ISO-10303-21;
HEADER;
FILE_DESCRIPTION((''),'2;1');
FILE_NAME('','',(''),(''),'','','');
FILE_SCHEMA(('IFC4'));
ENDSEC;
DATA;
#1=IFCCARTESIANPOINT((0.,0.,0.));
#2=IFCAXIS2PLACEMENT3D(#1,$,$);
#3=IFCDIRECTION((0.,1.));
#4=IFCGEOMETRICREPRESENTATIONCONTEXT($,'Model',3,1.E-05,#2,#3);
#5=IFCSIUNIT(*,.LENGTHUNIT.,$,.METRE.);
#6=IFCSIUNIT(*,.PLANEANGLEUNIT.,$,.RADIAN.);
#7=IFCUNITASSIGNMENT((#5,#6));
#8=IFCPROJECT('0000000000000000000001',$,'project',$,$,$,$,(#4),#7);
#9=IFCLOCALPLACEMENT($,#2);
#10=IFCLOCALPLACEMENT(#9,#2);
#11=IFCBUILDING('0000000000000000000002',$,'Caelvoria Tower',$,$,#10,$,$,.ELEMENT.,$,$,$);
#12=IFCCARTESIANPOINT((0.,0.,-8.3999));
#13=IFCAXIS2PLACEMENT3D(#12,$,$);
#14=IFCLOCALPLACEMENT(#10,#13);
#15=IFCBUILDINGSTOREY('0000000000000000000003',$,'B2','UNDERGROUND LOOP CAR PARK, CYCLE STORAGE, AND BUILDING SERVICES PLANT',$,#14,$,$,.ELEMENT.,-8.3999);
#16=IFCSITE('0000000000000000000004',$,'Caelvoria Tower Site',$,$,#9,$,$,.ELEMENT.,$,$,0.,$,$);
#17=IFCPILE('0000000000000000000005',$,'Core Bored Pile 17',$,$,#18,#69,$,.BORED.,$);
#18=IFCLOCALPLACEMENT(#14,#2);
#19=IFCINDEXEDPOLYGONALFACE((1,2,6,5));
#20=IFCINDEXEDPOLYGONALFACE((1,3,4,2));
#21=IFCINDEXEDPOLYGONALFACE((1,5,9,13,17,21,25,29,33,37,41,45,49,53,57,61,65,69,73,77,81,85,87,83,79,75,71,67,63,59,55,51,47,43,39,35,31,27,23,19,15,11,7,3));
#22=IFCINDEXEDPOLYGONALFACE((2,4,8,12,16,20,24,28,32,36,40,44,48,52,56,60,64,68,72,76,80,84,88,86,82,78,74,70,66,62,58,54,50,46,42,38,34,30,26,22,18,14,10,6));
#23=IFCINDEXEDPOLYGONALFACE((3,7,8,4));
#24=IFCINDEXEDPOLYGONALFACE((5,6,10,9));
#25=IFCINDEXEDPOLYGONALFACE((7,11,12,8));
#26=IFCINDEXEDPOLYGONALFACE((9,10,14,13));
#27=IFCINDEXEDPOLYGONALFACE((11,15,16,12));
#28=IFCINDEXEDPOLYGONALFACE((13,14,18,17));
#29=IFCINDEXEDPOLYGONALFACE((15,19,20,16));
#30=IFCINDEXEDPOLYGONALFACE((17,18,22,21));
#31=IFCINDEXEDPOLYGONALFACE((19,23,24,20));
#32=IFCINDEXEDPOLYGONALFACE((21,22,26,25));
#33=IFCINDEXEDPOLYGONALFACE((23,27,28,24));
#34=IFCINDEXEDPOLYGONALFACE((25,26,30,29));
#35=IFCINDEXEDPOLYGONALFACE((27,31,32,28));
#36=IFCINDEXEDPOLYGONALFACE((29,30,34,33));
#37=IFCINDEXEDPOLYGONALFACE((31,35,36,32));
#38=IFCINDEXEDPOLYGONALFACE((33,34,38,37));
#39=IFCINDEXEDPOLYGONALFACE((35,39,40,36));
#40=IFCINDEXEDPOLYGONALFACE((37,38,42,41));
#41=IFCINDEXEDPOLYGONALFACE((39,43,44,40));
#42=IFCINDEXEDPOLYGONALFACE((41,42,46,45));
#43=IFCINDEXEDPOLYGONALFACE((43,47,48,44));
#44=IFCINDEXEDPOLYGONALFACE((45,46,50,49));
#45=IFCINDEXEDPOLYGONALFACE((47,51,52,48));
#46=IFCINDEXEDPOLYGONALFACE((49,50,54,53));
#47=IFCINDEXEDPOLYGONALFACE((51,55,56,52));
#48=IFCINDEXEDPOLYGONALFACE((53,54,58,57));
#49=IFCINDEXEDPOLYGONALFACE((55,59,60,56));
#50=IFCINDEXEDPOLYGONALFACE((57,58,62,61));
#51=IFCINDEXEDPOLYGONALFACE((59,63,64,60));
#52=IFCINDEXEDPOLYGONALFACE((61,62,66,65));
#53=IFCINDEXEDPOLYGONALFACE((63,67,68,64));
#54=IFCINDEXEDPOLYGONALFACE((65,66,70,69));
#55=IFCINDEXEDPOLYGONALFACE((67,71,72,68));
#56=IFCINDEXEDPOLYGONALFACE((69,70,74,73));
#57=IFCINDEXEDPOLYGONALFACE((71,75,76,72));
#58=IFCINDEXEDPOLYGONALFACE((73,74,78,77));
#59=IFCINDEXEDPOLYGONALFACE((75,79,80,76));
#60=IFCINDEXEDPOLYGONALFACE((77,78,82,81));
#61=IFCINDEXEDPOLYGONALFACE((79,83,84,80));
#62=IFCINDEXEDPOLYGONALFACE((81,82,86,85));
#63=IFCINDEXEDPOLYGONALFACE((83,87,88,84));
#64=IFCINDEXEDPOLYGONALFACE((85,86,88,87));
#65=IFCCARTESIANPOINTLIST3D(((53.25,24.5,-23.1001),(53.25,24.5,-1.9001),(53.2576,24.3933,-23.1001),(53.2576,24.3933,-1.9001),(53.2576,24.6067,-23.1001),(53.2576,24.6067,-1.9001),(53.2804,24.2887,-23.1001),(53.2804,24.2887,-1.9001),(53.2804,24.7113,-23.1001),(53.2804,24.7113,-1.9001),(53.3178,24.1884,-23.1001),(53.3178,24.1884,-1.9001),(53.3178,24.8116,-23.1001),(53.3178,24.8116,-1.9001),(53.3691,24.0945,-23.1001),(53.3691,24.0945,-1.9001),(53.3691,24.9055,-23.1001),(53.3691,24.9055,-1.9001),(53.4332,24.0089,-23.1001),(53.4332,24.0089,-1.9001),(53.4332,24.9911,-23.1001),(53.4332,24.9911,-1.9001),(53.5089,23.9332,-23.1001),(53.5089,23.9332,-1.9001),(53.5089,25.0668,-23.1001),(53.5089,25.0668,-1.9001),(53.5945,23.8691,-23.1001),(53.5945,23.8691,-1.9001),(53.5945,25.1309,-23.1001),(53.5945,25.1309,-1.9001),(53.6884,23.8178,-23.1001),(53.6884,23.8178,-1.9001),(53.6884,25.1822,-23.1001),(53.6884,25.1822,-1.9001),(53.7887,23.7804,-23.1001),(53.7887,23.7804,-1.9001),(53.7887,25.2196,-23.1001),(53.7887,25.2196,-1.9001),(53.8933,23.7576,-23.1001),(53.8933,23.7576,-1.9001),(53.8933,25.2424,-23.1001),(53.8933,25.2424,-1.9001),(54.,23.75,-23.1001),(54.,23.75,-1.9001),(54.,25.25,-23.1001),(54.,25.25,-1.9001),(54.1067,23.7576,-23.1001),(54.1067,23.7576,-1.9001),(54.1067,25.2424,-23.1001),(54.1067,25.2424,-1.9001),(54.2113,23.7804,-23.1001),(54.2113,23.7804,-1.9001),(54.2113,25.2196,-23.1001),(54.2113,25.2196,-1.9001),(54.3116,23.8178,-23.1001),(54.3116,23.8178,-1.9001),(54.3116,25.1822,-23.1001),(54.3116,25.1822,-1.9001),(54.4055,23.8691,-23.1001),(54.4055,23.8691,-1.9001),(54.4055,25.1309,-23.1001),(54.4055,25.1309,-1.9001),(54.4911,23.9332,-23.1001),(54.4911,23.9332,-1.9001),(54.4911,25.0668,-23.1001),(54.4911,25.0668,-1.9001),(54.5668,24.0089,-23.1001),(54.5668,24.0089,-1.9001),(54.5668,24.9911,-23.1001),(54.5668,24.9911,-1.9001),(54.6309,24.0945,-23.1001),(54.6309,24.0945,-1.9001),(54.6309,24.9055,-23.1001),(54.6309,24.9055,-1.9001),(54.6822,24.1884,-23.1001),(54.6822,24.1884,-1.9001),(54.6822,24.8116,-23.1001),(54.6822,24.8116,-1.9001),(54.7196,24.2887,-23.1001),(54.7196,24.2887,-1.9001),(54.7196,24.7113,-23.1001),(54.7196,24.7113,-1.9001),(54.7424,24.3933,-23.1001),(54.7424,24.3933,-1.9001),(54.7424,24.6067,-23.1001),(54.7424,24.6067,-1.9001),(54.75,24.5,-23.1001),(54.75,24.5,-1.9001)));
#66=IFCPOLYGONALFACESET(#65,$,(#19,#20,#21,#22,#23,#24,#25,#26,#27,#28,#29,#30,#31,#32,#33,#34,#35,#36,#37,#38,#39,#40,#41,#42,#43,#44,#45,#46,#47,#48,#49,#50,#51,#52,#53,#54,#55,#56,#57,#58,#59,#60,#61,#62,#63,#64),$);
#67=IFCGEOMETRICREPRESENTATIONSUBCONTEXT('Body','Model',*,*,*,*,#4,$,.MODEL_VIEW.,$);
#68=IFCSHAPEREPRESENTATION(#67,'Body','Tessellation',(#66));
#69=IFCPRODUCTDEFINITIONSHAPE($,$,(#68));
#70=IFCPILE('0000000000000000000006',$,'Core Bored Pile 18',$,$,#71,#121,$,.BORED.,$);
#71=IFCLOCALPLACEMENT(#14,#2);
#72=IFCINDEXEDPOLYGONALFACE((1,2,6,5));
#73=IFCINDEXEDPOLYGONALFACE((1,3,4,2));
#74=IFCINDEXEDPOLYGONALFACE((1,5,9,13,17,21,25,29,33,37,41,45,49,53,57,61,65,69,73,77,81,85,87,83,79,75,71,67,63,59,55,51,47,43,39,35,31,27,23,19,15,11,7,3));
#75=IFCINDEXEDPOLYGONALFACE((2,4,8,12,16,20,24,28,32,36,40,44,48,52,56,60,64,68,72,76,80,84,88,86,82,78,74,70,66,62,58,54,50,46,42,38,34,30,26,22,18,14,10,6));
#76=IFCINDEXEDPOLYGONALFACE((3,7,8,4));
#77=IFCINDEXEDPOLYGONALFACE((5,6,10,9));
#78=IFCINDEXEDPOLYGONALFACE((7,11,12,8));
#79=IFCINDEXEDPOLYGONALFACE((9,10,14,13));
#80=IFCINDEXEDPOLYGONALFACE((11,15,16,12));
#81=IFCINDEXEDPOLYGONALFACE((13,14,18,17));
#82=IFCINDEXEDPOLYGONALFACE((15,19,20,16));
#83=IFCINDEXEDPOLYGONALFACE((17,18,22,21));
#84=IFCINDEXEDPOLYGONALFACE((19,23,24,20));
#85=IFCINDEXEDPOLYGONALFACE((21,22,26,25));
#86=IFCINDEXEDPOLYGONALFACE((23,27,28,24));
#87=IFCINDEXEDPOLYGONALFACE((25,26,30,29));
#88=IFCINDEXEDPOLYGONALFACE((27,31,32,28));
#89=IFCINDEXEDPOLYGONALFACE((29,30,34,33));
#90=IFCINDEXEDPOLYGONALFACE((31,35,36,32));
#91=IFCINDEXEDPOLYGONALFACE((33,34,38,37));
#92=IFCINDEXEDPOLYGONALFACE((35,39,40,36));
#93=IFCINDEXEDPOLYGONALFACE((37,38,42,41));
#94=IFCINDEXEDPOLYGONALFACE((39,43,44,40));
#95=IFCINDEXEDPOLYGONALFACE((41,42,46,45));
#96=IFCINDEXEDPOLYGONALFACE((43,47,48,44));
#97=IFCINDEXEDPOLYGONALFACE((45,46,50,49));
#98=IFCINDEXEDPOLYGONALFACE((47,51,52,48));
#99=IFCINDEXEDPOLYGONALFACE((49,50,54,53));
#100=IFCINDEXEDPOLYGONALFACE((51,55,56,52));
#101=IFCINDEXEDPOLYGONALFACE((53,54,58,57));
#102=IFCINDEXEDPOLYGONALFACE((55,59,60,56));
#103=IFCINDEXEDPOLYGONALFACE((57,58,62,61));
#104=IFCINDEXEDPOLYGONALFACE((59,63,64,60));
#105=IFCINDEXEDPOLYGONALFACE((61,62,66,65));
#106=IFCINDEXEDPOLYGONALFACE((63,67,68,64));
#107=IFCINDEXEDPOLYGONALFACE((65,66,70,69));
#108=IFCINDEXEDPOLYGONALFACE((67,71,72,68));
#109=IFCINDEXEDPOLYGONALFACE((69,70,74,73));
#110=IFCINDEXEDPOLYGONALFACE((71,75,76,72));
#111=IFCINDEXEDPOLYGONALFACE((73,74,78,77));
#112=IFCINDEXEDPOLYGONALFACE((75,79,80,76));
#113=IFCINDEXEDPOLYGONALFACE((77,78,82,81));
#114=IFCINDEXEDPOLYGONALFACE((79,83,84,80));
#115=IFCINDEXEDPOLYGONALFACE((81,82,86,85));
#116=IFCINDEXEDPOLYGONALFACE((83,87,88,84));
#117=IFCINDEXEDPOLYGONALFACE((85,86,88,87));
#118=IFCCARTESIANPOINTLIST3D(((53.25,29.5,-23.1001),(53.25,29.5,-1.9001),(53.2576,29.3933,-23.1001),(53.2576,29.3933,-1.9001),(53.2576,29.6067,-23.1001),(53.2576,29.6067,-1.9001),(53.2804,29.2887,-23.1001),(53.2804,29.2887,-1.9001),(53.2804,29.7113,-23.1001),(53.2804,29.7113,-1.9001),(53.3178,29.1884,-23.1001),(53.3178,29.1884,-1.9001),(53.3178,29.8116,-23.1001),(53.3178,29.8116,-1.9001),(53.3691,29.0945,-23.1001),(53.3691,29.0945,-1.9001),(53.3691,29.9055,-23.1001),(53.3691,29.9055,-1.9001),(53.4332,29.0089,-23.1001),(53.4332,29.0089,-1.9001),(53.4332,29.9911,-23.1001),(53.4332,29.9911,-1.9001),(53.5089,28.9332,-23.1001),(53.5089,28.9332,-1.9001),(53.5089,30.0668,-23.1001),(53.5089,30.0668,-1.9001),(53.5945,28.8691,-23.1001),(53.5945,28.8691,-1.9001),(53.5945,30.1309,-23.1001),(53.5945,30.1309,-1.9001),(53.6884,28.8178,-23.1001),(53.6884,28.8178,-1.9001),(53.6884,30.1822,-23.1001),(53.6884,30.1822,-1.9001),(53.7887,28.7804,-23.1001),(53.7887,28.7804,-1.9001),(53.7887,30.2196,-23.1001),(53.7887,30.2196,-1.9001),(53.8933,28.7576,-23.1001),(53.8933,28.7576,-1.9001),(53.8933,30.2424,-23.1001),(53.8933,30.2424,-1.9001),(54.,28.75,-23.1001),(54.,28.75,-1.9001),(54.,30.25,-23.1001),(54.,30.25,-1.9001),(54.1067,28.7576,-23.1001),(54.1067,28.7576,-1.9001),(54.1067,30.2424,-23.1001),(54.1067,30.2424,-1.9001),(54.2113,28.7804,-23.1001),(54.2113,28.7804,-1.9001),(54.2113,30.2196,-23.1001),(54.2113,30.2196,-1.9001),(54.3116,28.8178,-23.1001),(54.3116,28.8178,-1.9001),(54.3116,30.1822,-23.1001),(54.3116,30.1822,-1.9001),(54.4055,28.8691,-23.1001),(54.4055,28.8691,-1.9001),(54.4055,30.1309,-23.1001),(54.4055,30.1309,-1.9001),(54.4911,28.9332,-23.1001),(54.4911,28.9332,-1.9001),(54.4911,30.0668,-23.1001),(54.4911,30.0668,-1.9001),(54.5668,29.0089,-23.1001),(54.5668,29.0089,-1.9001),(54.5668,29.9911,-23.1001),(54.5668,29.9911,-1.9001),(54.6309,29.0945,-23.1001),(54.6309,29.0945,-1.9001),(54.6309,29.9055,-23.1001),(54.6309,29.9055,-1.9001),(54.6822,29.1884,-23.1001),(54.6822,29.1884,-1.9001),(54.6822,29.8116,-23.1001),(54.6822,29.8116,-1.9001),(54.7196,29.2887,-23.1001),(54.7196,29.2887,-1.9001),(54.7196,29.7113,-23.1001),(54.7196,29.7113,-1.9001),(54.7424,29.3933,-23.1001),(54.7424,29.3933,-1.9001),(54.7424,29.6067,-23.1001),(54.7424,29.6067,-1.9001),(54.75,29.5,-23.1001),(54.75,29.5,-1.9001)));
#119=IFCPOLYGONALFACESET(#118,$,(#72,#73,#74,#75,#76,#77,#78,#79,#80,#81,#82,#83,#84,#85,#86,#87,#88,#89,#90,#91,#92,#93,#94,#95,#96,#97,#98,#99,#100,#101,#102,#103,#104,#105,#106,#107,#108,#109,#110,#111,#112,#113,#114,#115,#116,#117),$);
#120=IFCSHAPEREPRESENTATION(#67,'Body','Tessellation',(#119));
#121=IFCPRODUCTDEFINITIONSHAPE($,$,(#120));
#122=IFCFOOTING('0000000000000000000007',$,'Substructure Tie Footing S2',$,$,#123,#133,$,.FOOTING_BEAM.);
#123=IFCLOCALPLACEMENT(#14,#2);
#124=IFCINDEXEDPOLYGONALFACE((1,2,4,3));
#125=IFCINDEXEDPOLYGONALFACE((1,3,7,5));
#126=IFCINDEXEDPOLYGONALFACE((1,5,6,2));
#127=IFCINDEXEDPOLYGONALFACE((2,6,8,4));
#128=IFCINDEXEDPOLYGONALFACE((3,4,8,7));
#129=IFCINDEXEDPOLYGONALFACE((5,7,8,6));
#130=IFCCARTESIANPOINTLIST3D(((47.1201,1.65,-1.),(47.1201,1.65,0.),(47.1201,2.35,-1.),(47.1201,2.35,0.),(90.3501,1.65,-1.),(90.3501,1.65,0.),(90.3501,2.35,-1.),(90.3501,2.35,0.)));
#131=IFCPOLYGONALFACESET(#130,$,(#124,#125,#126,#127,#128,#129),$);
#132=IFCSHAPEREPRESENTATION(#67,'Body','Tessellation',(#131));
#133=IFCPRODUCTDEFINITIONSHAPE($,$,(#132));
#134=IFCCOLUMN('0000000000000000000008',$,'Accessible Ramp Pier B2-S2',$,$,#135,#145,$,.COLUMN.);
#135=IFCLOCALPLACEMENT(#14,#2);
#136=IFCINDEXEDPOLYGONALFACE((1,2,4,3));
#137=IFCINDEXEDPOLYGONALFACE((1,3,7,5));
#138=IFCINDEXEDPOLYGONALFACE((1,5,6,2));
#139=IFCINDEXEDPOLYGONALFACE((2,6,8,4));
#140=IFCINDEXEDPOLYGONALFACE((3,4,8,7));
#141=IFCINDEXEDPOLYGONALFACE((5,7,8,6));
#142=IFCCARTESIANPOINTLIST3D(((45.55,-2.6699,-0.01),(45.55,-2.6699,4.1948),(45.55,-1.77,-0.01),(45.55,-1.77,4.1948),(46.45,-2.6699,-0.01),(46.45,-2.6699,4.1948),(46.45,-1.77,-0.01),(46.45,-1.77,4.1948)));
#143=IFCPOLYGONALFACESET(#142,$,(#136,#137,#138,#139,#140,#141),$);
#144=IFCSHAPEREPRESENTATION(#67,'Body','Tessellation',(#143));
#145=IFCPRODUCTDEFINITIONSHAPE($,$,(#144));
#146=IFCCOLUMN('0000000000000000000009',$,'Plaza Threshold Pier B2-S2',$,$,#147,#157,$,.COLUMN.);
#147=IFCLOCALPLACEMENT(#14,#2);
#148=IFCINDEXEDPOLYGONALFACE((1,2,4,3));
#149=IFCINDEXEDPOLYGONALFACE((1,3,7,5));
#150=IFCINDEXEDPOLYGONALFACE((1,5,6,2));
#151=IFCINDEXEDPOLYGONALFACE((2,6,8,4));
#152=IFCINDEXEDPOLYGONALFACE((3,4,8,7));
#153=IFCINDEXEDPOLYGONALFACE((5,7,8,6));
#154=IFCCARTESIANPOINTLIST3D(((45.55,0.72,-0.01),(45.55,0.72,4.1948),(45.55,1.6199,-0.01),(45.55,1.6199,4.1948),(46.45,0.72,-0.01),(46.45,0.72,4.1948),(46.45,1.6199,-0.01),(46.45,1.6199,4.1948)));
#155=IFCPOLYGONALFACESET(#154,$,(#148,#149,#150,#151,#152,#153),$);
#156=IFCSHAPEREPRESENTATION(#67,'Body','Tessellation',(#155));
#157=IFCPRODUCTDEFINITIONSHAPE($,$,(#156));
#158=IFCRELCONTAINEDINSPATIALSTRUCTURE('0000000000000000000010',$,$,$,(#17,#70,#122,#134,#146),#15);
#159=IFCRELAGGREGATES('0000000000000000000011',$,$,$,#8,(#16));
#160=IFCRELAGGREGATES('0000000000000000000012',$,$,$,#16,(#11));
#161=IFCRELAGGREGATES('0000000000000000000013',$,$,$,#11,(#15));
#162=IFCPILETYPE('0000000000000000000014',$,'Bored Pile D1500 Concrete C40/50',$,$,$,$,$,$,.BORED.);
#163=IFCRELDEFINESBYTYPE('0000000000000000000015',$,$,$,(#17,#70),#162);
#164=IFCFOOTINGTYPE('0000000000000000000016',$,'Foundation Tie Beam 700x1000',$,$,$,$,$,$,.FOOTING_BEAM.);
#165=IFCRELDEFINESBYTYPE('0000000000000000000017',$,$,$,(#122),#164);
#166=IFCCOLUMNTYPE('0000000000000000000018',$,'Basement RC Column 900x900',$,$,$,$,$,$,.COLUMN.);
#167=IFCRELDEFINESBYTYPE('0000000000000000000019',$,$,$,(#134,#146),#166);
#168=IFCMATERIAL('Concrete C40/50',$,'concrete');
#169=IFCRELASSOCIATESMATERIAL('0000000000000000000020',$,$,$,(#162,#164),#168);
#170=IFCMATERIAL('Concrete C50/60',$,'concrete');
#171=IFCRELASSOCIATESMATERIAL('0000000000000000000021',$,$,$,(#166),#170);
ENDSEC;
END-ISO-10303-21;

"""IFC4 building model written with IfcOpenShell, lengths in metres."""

from ifc_helpers import new_model, si_unit, direction, frame, origin, origin_2d, place, context, subcontext, project, spatial, rectangle, circle, extrude, material, material_profile, profile_set, type_object, element, save


model = new_model("IFC4")

# Units and contexts
model_context = context("Model", 3, precision=1e-05, world=origin(), true_north=direction((0.0, 1.0)))
body_context = subcontext(model_context, "Body", "Model", "MODEL_VIEW")
ifc_project = project(units=[si_unit("LENGTHUNIT", "METRE"), si_unit("PLANEANGLEUNIT", "RADIAN")], contexts=[model_context])

# Site, building, storey
site_placement = place(None, origin())
site = spatial("IfcSite", under=ifc_project, at=site_placement, Name="Caelvoria Tower Site", CompositionType="ELEMENT", RefElevation=0.0)
building_placement = place(site_placement, origin())
building = spatial("IfcBuilding", under=site, at=building_placement, Name="Caelvoria Tower", CompositionType="ELEMENT")
storey_placement = place(building_placement, frame((0.0, 0.0, -8.3999)))
storey = spatial("IfcBuildingStorey", under=building, at=storey_placement, Name="B2", Description="UNDERGROUND LOOP CAR PARK, CYCLE STORAGE, AND BUILDING SERVICES PLANT", CompositionType="ELEMENT", Elevation=-8.3999)

# Piles
ifc_material_1 = material(Name="Concrete C40/50", Category="concrete")
ifc_material_profile_1 = material_profile(ifc_material_1, circle(Radius=0.75, at=origin_2d()), Name="Concrete C40/50")
ifc_profile_set_1 = profile_set([ifc_material_profile_1], Name="PILE_D1500 - Concrete C40/50")
pile_type_1 = type_object("IfcPileType", Name="Bored Pile D1500 Concrete C40/50", PredefinedType="BORED", material=ifc_profile_set_1)
for number, where, z_axis, x_axis, name in (
    (1, (54.0, 24.5, -1.9001), (0.0, 0.0, -1.0), (1.0, 0.0, 0.0), "Core Bored Pile 17"),
    (2, (54.0, 29.5, -1.9001), (0.0, 0.0, -1.0), (1.0, 0.0, 0.0), "Core Bored Pile 18"),
):
    element("IfcPile", number, at=place(storey_placement, frame(where, z_axis=z_axis, x_axis=x_axis)), inside=storey, type_object=pile_type_1, Name=name, PredefinedType="BORED", context=body_context, shape_type="SweptSolid", body=[
        extrude(circle(Radius=0.75, at=origin_2d()), origin(), (0.0, 0.0, 1.0), 21.2),
    ])

# Footing
ifc_material_profile_2 = material_profile(ifc_material_1, rectangle(XDim=0.7, YDim=1.0, at=origin_2d()), Name="Concrete C40/50")
ifc_profile_set_2 = profile_set([ifc_material_profile_2], Name="RC_GB_700X1000 - Concrete C40/50")
footing_type = type_object("IfcFootingType", Name="Foundation Tie Beam 700x1000", PredefinedType="FOOTING_BEAM", material=ifc_profile_set_2)
footing_placement = place(storey_placement, frame((47.1201, 2.0, -0.5), z_axis=(1.0, 0.0, 0.0), x_axis=(0.0, 1.0, 0.0)))
element("IfcFooting", 3, at=footing_placement, inside=storey, type_object=footing_type, Name="Substructure Tie Footing S2", PredefinedType="FOOTING_BEAM", context=body_context, shape_type="SweptSolid", body=[
    extrude(rectangle(XDim=0.7, YDim=1.0, at=origin_2d()), origin(), (0.0, 0.0, 1.0), 43.23),
])

# Columns
ifc_material_2 = material(Name="Concrete C50/60", Category="concrete")
ifc_material_profile_3 = material_profile(ifc_material_2, rectangle(XDim=0.8999, YDim=0.8999, at=origin_2d()), Name="Concrete C50/60")
ifc_profile_set_3 = profile_set([ifc_material_profile_3], Name="RC_COL_900X900 - Concrete C50/60")
column_type_1 = type_object("IfcColumnType", Name="Basement RC Column 900x900", PredefinedType="COLUMN", material=ifc_profile_set_3)
for number, where, z_axis, x_axis, name in (
    (4, (46.0, -2.22, -0.01), (0.0, 0.0, 1.0), (1.0, 0.0, 0.0), "Accessible Ramp Pier B2-S2"),
    (5, (46.0, 1.1699, -0.01), (0.0, 0.0, 1.0), (1.0, 0.0, 0.0), "Plaza Threshold Pier B2-S2"),
):
    element("IfcColumn", number, at=place(storey_placement, frame(where, z_axis=z_axis, x_axis=x_axis)), inside=storey, type_object=column_type_1, Name=name, PredefinedType="COLUMN", context=body_context, shape_type="SweptSolid", body=[
        extrude(rectangle(XDim=0.8999, YDim=0.8999, at=origin_2d()), origin(), (0.0, 0.0, 1.0), 4.2048),
    ])

save(model, "model.ifc")
